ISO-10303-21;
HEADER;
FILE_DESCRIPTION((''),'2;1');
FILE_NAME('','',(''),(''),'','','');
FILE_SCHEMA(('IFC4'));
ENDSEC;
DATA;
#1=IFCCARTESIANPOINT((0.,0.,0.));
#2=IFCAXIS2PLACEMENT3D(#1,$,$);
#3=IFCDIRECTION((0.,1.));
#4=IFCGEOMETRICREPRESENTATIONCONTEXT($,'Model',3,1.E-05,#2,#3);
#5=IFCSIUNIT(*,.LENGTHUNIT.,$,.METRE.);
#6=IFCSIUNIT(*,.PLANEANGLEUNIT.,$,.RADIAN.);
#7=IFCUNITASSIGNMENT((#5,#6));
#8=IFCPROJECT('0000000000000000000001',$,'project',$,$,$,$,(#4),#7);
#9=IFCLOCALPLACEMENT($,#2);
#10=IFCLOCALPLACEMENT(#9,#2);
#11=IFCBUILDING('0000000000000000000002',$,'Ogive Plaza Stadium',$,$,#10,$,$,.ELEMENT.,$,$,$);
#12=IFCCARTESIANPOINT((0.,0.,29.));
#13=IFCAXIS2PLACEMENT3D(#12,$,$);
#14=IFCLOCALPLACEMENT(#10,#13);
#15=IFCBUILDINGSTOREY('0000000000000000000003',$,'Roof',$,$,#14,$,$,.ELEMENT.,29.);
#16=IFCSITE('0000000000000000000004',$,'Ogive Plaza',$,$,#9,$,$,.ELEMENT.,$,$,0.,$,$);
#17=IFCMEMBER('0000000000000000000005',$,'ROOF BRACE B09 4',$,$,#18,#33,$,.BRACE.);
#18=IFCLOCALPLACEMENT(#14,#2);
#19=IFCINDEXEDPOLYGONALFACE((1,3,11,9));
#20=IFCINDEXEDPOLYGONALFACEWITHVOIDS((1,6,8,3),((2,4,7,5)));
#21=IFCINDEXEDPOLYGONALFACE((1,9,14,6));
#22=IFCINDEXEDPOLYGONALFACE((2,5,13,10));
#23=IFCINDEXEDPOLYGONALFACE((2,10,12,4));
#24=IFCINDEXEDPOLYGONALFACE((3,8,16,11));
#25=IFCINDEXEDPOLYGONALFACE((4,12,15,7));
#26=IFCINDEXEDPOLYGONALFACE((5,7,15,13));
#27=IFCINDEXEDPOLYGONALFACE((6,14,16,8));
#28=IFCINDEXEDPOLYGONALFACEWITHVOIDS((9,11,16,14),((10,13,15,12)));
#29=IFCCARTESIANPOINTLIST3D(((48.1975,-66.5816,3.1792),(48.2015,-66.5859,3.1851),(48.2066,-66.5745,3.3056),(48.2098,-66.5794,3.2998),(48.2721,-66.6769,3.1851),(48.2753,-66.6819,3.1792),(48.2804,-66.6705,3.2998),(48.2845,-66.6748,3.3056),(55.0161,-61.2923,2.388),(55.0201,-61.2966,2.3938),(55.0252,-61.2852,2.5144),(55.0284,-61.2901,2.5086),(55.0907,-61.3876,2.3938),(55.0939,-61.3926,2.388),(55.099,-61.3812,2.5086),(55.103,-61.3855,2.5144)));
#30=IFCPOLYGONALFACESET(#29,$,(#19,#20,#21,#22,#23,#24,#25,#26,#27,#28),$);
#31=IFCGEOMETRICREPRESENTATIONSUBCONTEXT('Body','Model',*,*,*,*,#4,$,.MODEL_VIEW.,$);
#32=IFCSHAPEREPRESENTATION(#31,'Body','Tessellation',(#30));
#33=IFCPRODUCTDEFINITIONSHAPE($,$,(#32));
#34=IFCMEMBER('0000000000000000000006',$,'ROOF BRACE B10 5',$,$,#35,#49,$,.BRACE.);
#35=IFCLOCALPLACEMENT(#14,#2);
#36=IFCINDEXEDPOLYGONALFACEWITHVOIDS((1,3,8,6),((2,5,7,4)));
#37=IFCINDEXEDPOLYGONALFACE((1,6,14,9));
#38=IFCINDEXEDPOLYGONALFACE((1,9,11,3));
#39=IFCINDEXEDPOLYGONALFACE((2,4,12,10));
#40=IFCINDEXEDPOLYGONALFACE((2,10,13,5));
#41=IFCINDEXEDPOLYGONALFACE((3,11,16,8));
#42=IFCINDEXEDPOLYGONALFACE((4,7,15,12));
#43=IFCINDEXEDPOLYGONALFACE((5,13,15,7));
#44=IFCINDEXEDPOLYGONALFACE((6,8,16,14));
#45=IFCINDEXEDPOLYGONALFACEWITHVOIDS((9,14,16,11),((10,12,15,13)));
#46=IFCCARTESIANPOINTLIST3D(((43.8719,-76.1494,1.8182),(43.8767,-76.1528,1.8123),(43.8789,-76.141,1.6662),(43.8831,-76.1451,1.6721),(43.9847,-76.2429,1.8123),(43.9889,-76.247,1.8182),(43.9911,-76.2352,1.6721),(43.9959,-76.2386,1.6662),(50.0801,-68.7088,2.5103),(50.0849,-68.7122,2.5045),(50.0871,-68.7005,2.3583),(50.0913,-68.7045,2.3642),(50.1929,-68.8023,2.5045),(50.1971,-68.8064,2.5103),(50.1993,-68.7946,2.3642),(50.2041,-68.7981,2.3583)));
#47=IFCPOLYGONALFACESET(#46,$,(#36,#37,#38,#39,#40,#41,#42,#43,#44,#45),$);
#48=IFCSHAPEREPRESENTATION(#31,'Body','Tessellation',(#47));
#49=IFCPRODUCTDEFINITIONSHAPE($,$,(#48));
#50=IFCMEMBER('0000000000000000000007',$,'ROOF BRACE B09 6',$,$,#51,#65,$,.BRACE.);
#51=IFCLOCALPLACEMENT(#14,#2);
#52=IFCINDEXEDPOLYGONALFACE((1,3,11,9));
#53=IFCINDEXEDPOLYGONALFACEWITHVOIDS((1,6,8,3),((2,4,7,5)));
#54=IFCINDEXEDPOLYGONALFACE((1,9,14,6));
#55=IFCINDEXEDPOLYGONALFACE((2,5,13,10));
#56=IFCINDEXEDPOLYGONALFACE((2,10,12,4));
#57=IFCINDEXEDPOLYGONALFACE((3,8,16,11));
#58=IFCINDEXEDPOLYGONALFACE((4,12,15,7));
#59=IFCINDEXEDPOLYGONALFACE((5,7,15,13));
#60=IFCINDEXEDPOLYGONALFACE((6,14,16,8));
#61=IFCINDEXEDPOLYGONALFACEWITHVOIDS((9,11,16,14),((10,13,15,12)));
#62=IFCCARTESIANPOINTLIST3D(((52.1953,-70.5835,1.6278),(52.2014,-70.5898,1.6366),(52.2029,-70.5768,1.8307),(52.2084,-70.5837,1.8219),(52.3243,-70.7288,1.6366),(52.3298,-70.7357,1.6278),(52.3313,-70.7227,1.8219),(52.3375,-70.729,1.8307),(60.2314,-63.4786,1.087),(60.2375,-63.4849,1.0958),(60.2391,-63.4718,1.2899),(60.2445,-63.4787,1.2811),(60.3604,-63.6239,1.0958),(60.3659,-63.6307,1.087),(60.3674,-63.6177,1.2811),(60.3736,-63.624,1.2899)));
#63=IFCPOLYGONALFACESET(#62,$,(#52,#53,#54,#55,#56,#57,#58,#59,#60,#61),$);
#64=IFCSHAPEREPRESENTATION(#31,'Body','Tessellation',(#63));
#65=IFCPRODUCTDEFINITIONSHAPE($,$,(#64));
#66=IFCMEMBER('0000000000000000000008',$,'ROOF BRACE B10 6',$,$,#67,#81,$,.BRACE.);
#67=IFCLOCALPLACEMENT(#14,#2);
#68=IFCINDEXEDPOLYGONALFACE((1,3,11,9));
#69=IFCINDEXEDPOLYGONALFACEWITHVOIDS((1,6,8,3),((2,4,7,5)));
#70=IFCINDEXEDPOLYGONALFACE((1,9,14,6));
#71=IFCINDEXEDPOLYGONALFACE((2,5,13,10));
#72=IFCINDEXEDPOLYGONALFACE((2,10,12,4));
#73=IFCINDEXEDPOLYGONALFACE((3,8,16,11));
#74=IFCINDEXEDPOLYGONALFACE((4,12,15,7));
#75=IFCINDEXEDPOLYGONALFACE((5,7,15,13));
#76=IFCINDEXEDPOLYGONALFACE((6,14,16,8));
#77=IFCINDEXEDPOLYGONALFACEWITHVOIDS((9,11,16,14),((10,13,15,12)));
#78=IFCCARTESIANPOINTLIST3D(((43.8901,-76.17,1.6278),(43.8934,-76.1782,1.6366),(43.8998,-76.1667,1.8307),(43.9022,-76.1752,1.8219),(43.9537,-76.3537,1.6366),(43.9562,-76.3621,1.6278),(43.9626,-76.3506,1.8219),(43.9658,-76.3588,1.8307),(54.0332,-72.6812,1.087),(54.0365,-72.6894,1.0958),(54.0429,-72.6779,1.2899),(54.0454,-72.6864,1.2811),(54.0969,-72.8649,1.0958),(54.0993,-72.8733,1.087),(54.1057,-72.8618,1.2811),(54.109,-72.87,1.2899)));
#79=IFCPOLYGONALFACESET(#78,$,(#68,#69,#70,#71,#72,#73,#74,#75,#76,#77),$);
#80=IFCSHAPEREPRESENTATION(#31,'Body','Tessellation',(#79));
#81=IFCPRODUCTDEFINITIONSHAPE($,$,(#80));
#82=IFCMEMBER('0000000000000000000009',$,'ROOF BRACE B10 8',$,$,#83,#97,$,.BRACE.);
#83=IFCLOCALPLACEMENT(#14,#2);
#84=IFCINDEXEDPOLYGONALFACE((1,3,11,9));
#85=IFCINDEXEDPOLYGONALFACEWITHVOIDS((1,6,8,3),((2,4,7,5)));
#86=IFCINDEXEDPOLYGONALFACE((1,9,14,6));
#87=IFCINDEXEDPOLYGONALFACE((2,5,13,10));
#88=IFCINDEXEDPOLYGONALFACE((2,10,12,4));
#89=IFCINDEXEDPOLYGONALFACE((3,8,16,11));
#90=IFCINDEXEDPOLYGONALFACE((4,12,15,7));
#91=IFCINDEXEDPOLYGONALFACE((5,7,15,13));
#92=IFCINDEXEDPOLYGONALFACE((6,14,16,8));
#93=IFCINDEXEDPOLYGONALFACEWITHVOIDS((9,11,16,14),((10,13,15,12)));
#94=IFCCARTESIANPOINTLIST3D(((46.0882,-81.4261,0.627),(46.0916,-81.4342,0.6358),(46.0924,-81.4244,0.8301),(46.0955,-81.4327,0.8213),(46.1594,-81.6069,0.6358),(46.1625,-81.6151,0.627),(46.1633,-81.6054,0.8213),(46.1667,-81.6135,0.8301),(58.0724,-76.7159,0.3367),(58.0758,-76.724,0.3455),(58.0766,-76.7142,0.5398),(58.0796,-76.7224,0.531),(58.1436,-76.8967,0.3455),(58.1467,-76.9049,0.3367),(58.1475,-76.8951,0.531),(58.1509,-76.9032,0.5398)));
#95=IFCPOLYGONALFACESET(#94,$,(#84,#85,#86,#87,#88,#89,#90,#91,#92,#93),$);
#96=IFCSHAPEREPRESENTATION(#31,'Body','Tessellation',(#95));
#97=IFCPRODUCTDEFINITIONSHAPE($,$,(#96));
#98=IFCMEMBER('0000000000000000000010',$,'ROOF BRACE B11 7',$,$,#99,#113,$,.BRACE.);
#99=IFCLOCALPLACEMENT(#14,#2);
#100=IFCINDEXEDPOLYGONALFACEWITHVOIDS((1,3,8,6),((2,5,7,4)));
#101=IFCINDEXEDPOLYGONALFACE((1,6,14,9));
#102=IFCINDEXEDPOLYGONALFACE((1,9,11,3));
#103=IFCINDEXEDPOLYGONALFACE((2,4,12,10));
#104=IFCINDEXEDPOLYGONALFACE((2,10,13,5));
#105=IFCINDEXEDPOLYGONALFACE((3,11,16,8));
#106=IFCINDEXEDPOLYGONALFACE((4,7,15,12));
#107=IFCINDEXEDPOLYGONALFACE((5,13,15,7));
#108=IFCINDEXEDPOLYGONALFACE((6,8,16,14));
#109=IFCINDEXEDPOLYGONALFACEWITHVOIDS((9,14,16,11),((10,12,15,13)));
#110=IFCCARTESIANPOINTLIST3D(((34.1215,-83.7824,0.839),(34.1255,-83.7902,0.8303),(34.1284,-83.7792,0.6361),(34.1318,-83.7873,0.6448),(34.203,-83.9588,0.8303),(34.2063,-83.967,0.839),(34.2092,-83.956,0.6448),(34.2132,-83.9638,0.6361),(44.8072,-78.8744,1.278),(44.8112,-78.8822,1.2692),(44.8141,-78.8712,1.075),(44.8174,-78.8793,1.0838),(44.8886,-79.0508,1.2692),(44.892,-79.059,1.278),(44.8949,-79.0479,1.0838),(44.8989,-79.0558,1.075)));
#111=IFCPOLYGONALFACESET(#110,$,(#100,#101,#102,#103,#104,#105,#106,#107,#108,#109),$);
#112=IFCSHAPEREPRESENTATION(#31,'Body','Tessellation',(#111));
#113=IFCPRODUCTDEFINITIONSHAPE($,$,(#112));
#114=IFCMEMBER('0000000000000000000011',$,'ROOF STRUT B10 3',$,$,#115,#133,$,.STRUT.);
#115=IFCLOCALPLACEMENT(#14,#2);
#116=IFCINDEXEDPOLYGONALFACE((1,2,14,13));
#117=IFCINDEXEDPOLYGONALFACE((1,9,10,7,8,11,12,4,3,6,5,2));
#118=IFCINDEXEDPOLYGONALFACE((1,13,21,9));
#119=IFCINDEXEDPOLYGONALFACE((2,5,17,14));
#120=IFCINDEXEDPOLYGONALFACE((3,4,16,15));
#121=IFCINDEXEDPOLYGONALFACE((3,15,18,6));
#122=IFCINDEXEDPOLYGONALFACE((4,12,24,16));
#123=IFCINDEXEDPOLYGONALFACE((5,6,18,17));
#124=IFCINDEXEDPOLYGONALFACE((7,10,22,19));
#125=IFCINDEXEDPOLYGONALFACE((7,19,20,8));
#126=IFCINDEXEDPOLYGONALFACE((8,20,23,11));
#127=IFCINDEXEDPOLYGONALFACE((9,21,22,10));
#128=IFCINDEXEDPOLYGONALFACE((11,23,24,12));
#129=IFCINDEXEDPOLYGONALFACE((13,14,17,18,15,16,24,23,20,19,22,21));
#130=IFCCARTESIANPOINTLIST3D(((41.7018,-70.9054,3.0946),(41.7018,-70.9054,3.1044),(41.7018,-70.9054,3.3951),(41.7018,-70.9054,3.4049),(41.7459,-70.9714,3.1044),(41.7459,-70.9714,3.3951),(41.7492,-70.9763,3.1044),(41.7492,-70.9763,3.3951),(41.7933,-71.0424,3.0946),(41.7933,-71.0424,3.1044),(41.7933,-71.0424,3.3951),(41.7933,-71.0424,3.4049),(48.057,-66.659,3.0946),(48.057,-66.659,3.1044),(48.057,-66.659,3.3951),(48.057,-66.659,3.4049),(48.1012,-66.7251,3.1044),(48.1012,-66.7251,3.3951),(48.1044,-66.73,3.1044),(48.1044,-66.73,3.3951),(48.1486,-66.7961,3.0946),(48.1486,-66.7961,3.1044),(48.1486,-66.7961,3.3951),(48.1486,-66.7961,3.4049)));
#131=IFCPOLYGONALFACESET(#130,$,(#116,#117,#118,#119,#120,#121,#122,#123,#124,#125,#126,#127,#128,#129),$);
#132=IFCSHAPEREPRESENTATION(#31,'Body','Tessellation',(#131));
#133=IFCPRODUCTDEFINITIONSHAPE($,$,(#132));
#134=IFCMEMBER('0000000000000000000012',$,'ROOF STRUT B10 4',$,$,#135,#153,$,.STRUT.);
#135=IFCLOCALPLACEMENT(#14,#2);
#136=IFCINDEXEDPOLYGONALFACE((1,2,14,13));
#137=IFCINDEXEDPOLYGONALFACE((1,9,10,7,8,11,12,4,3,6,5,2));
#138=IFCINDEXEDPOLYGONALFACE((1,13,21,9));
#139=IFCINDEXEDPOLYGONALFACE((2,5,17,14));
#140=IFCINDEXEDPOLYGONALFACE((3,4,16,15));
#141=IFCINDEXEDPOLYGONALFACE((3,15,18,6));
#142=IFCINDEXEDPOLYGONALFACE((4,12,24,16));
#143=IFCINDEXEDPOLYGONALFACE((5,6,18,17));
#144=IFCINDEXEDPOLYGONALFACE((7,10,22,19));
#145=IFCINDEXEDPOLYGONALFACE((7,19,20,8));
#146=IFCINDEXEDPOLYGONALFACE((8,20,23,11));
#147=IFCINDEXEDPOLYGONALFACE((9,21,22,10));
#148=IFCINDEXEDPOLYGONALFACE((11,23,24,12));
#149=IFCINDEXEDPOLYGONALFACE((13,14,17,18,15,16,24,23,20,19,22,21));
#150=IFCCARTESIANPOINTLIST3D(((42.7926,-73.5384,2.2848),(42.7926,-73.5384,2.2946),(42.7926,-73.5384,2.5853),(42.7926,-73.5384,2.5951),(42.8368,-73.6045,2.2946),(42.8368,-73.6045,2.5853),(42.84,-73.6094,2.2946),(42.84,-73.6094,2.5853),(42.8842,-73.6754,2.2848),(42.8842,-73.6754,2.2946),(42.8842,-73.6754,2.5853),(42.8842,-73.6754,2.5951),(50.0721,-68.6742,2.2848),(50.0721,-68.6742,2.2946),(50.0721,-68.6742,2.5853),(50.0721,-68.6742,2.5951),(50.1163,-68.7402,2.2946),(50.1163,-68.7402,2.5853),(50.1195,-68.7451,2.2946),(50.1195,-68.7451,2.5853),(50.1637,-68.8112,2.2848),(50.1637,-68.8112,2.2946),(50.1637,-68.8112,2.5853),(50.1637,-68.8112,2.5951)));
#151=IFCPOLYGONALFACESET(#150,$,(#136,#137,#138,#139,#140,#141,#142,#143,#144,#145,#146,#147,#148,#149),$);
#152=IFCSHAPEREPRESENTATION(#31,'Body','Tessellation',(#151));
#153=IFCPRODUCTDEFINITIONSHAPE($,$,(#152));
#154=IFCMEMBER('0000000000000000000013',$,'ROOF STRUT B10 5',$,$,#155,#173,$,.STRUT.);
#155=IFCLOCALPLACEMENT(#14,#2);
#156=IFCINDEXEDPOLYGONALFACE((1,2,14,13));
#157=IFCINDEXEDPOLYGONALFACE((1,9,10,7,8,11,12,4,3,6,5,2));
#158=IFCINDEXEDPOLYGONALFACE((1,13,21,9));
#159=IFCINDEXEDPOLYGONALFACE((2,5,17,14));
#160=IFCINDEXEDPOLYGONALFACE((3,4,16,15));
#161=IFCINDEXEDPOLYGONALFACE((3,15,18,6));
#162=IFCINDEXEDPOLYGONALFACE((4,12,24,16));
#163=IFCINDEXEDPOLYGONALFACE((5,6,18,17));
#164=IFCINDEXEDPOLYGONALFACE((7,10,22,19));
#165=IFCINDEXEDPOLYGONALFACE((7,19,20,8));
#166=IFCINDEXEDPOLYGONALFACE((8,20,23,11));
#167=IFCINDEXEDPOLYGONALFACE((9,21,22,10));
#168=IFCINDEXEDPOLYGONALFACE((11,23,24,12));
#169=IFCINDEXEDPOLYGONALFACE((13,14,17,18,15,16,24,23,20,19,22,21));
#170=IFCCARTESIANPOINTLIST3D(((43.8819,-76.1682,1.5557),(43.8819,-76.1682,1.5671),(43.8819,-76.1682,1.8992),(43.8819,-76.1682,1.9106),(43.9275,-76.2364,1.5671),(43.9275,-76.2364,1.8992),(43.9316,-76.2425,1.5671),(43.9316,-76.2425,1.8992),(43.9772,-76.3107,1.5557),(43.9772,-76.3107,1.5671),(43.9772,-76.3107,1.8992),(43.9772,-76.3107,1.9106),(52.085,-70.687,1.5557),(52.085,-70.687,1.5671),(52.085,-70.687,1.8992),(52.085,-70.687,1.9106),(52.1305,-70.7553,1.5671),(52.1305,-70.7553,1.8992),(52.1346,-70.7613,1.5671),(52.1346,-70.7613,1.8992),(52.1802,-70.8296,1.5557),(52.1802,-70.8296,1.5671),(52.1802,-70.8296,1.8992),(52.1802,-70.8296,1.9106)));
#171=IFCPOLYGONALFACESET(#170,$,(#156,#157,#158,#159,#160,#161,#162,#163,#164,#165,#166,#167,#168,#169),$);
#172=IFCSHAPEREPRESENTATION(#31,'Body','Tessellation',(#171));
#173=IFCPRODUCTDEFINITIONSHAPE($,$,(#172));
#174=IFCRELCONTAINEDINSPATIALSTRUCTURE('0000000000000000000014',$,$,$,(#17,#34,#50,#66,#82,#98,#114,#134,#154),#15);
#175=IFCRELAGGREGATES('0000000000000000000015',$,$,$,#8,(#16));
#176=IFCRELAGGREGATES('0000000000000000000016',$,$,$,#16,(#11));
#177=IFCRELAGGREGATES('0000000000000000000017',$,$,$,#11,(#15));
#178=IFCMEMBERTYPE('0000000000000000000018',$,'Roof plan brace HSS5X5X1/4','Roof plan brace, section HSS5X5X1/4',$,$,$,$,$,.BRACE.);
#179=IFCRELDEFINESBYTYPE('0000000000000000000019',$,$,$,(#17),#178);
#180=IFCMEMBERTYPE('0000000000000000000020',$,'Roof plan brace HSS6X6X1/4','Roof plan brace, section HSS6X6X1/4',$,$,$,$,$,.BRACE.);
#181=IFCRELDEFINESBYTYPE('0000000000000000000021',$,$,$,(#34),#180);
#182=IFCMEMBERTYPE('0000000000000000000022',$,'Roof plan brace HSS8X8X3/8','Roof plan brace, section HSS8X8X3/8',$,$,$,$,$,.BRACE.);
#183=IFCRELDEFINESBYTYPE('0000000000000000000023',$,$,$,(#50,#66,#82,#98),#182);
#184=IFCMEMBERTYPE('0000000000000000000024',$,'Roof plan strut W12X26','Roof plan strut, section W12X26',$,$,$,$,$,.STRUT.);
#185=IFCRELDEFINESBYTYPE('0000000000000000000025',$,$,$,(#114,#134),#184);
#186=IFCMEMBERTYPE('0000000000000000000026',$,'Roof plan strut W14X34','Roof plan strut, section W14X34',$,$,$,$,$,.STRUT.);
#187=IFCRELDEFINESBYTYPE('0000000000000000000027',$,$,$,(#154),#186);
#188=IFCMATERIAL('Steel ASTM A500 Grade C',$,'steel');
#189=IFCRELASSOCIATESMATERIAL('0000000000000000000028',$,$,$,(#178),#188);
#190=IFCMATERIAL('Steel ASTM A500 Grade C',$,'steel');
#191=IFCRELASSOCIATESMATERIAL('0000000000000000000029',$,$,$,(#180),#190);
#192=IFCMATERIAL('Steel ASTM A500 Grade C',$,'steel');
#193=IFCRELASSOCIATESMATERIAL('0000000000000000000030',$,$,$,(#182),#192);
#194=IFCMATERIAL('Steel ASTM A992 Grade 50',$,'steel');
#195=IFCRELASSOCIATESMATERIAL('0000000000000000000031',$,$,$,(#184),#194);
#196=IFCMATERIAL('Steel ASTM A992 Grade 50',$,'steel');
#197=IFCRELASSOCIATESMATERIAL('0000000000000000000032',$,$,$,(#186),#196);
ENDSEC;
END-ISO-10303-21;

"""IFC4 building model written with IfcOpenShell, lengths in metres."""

from ifc_helpers import new_model, si_unit, direction, frame, origin, origin_2d, place, context, subcontext, project, spatial, hollow_rectangle, i_section, extrude, material, material_profile, profile_set, type_object, element, save


model = new_model("IFC4")

# Units and contexts
model_context = context("Model", 3, precision=1e-05, world=origin(), true_north=direction((0.0, 1.0)))
body_context = subcontext(model_context, "Body", "Model", "MODEL_VIEW")
ifc_project = project(units=[si_unit("LENGTHUNIT", "METRE"), si_unit("PLANEANGLEUNIT", "RADIAN")], contexts=[model_context])

# Site, building, storey
site_placement = place(None, origin())
site = spatial("IfcSite", under=ifc_project, at=site_placement, Name="Ogive Plaza", CompositionType="ELEMENT", RefElevation=0.0)
building_placement = place(site_placement, origin())
building = spatial("IfcBuilding", under=site, at=building_placement, Name="Ogive Plaza Stadium", CompositionType="ELEMENT")
storey_placement = place(building_placement, frame((0.0, 0.0, 29.0)))
storey = spatial("IfcBuildingStorey", under=building, at=storey_placement, Name="Roof", CompositionType="ELEMENT", Elevation=29.0)

# Members
ifc_material_1 = material(Name="Steel ASTM A500 Grade C", Category="steel")
ifc_material_profile_1 = material_profile(ifc_material_1, hollow_rectangle(XDim=0.127, YDim=0.127, WallThickness=0.0059, at=origin_2d()), Name="HSS5X5X1/4")
ifc_profile_set_1 = profile_set([ifc_material_profile_1], Name="Steel ASTM A500 Grade C")
member_type_1 = type_object("IfcMemberType", Name="Roof plan brace HSS5X5X1/4", Description="Roof plan brace, section HSS5X5X1/4", PredefinedType="BRACE", material=ifc_profile_set_1)
member_1_placement = place(storey_placement, frame((48.241, -66.6282, 3.2424), z_axis=(0.78684, 0.610365, -0.091308), x_axis=(-0.612926, 0.790141, 0.0)))
element("IfcMember", 1, at=member_1_placement, inside=storey, type_object=member_type_1, Name="ROOF BRACE B09 4", PredefinedType="BRACE", context=body_context, shape_type="SweptSolid", body=[
    extrude(hollow_rectangle(XDim=0.127, YDim=0.127, WallThickness=0.0059, at=origin_2d()), origin(), (0.0, 0.0, 1.0), 8.6658),
])
ifc_material_2 = material(Name="Steel ASTM A500 Grade C", Category="steel")
ifc_material_profile_2 = material_profile(ifc_material_2, hollow_rectangle(XDim=0.1523, YDim=0.1523, WallThickness=0.0059, at=origin_2d()), Name="HSS6X6X1/4")
ifc_profile_set_2 = profile_set([ifc_material_profile_2], Name="Steel ASTM A500 Grade C")
member_type_2 = type_object("IfcMemberType", Name="Roof plan brace HSS6X6X1/4", Description="Roof plan brace, section HSS6X6X1/4", PredefinedType="BRACE", material=ifc_profile_set_2)
member_2_placement = place(storey_placement, frame((50.1421, -68.7534, 2.4343), z_axis=(-0.639025, -0.76588, -0.071243), x_axis=(0.767831, -0.640653, 0.0)))
element("IfcMember", 2, at=member_2_placement, inside=storey, type_object=member_type_2, Name="ROOF BRACE B10 5", PredefinedType="BRACE", context=body_context, shape_type="SweptSolid", body=[
    extrude(hollow_rectangle(XDim=0.1523, YDim=0.1523, WallThickness=0.0059, at=origin_2d()), origin(), (0.0, 0.0, 1.0), 9.7151),
])
ifc_material_3 = material(Name="Steel ASTM A500 Grade C", Category="steel")
ifc_material_profile_3 = material_profile(ifc_material_3, hollow_rectangle(XDim=0.2031, YDim=0.2031, WallThickness=0.0088, at=origin_2d()), Name="HSS8X8X3/8")
ifc_profile_set_3 = profile_set([ifc_material_profile_3], Name="Steel ASTM A500 Grade C")
member_type_3 = type_object("IfcMemberType", Name="Roof plan brace HSS8X8X3/8", Description="Roof plan brace, section HSS8X8X3/8", PredefinedType="BRACE", material=ifc_profile_set_3)
member_3_placement = place(storey_placement, frame((52.2664, -70.6562, 1.7292), z_axis=(0.748227, 0.661529, -0.05035), x_axis=(-0.66237, 0.749177, 0.0)))
element("IfcMember", 3, at=member_3_placement, inside=storey, type_object=member_type_3, Name="ROOF BRACE B09 6", PredefinedType="BRACE", context=body_context, shape_type="SweptSolid", body=[
    extrude(hollow_rectangle(XDim=0.2031, YDim=0.2031, WallThickness=0.0088, at=origin_2d()), origin(), (0.0, 0.0, 1.0), 10.7402),
])
member_4_placement = place(storey_placement, frame((43.928, -76.2644, 1.7292), z_axis=(0.944427, 0.324841, -0.050352), x_axis=(-0.325254, 0.945627, 0.0)))
element("IfcMember", 4, at=member_4_placement, inside=storey, type_object=member_type_3, Name="ROOF BRACE B10 6", PredefinedType="BRACE", context=body_context, shape_type="SweptSolid", body=[
    extrude(hollow_rectangle(XDim=0.2031, YDim=0.2031, WallThickness=0.0088, at=origin_2d()), origin(), (0.0, 0.0, 1.0), 10.74),
])
member_5_placement = place(storey_placement, frame((46.1274, -81.5198, 0.7285), z_axis=(0.930458, 0.365704, -0.022538), x_axis=(-0.365797, 0.930695, 0.0)))
element("IfcMember", 5, at=member_5_placement, inside=storey, type_object=member_type_3, Name="ROOF BRACE B10 8", PredefinedType="BRACE", context=body_context, shape_type="SweptSolid", body=[
    extrude(hollow_rectangle(XDim=0.2031, YDim=0.2031, WallThickness=0.0088, at=origin_2d()), origin(), (0.0, 0.0, 1.0), 12.8799),
])
member_6_placement = place(storey_placement, frame((44.853, -78.9651, 1.1765), z_axis=(-0.908096, -0.417096, -0.037305), x_axis=(0.417387, -0.908729, 0.0)))
element("IfcMember", 6, at=member_6_placement, inside=storey, type_object=member_type_3, Name="ROOF BRACE B11 7", PredefinedType="BRACE", context=body_context, shape_type="SweptSolid", body=[
    extrude(hollow_rectangle(XDim=0.2031, YDim=0.2031, WallThickness=0.0088, at=origin_2d()), origin(), (0.0, 0.0, 1.0), 11.7671),
])
ifc_material_4 = material(Name="Steel ASTM A992 Grade 50", Category="steel")
ifc_material_profile_4 = material_profile(ifc_material_4, i_section(OverallWidth=0.1648, OverallDepth=0.3103, WebThickness=0.0059, FlangeThickness=0.0098, at=origin_2d()), Name="W12X26")
ifc_profile_set_4 = profile_set([ifc_material_profile_4], Name="Steel ASTM A992 Grade 50")
member_type_4 = type_object("IfcMemberType", Name="Roof plan strut W12X26", Description="Roof plan strut, section W12X26", PredefinedType="STRUT", material=ifc_profile_set_4)
member_7_placement = place(storey_placement, frame((48.1028, -66.7275, 3.2498), z_axis=(-0.831475, -0.555562, 0.0), x_axis=(0.555562, -0.831475, 0.0)))
element("IfcMember", 7, at=member_7_placement, inside=storey, type_object=member_type_4, Name="ROOF STRUT B10 3", PredefinedType="STRUT", context=body_context, shape_type="SweptSolid", body=[
    extrude(i_section(OverallWidth=0.1648, OverallDepth=0.3103, WebThickness=0.0059, FlangeThickness=0.0098, at=origin_2d()), origin(), (0.0, 0.0, 1.0), 7.6433),
])
member_8_placement = place(storey_placement, frame((50.1179, -68.7427, 2.4399), z_axis=(-0.831458, -0.555588, 0.0), x_axis=(0.555588, -0.831458, 0.0)))
element("IfcMember", 8, at=member_8_placement, inside=storey, type_object=member_type_4, Name="ROOF STRUT B10 4", PredefinedType="STRUT", context=body_context, shape_type="SweptSolid", body=[
    extrude(i_section(OverallWidth=0.1648, OverallDepth=0.3103, WebThickness=0.0059, FlangeThickness=0.0098, at=origin_2d()), origin(), (0.0, 0.0, 1.0), 8.7551),
])
ifc_material_5 = material(Name="Steel ASTM A992 Grade 50", Category="steel")
ifc_material_profile_5 = material_profile(ifc_material_5, i_section(OverallWidth=0.1714, OverallDepth=0.355, WebThickness=0.0073, FlangeThickness=0.0115, at=origin_2d()), Name="W14X34")
ifc_profile_set_5 = profile_set([ifc_material_profile_5], Name="Steel ASTM A992 Grade 50")
member_type_5 = type_object("IfcMemberType", Name="Roof plan strut W14X34", Description="Roof plan strut, section W14X34", PredefinedType="STRUT", material=ifc_profile_set_5)
member_9_placement = place(storey_placement, frame((52.1326, -70.7583, 1.7332), z_axis=(-0.831467, -0.555574, 0.0), x_axis=(0.555574, -0.831467, 0.0)))
element("IfcMember", 9, at=member_9_placement, inside=storey, type_object=member_type_5, Name="ROOF STRUT B10 5", PredefinedType="STRUT", context=body_context, shape_type="SweptSolid", body=[
    extrude(i_section(OverallWidth=0.1714, OverallDepth=0.355, WebThickness=0.0073, FlangeThickness=0.0115, at=origin_2d()), origin(), (0.0, 0.0, 1.0), 9.8657),
])

save(model, "model.ifc")
